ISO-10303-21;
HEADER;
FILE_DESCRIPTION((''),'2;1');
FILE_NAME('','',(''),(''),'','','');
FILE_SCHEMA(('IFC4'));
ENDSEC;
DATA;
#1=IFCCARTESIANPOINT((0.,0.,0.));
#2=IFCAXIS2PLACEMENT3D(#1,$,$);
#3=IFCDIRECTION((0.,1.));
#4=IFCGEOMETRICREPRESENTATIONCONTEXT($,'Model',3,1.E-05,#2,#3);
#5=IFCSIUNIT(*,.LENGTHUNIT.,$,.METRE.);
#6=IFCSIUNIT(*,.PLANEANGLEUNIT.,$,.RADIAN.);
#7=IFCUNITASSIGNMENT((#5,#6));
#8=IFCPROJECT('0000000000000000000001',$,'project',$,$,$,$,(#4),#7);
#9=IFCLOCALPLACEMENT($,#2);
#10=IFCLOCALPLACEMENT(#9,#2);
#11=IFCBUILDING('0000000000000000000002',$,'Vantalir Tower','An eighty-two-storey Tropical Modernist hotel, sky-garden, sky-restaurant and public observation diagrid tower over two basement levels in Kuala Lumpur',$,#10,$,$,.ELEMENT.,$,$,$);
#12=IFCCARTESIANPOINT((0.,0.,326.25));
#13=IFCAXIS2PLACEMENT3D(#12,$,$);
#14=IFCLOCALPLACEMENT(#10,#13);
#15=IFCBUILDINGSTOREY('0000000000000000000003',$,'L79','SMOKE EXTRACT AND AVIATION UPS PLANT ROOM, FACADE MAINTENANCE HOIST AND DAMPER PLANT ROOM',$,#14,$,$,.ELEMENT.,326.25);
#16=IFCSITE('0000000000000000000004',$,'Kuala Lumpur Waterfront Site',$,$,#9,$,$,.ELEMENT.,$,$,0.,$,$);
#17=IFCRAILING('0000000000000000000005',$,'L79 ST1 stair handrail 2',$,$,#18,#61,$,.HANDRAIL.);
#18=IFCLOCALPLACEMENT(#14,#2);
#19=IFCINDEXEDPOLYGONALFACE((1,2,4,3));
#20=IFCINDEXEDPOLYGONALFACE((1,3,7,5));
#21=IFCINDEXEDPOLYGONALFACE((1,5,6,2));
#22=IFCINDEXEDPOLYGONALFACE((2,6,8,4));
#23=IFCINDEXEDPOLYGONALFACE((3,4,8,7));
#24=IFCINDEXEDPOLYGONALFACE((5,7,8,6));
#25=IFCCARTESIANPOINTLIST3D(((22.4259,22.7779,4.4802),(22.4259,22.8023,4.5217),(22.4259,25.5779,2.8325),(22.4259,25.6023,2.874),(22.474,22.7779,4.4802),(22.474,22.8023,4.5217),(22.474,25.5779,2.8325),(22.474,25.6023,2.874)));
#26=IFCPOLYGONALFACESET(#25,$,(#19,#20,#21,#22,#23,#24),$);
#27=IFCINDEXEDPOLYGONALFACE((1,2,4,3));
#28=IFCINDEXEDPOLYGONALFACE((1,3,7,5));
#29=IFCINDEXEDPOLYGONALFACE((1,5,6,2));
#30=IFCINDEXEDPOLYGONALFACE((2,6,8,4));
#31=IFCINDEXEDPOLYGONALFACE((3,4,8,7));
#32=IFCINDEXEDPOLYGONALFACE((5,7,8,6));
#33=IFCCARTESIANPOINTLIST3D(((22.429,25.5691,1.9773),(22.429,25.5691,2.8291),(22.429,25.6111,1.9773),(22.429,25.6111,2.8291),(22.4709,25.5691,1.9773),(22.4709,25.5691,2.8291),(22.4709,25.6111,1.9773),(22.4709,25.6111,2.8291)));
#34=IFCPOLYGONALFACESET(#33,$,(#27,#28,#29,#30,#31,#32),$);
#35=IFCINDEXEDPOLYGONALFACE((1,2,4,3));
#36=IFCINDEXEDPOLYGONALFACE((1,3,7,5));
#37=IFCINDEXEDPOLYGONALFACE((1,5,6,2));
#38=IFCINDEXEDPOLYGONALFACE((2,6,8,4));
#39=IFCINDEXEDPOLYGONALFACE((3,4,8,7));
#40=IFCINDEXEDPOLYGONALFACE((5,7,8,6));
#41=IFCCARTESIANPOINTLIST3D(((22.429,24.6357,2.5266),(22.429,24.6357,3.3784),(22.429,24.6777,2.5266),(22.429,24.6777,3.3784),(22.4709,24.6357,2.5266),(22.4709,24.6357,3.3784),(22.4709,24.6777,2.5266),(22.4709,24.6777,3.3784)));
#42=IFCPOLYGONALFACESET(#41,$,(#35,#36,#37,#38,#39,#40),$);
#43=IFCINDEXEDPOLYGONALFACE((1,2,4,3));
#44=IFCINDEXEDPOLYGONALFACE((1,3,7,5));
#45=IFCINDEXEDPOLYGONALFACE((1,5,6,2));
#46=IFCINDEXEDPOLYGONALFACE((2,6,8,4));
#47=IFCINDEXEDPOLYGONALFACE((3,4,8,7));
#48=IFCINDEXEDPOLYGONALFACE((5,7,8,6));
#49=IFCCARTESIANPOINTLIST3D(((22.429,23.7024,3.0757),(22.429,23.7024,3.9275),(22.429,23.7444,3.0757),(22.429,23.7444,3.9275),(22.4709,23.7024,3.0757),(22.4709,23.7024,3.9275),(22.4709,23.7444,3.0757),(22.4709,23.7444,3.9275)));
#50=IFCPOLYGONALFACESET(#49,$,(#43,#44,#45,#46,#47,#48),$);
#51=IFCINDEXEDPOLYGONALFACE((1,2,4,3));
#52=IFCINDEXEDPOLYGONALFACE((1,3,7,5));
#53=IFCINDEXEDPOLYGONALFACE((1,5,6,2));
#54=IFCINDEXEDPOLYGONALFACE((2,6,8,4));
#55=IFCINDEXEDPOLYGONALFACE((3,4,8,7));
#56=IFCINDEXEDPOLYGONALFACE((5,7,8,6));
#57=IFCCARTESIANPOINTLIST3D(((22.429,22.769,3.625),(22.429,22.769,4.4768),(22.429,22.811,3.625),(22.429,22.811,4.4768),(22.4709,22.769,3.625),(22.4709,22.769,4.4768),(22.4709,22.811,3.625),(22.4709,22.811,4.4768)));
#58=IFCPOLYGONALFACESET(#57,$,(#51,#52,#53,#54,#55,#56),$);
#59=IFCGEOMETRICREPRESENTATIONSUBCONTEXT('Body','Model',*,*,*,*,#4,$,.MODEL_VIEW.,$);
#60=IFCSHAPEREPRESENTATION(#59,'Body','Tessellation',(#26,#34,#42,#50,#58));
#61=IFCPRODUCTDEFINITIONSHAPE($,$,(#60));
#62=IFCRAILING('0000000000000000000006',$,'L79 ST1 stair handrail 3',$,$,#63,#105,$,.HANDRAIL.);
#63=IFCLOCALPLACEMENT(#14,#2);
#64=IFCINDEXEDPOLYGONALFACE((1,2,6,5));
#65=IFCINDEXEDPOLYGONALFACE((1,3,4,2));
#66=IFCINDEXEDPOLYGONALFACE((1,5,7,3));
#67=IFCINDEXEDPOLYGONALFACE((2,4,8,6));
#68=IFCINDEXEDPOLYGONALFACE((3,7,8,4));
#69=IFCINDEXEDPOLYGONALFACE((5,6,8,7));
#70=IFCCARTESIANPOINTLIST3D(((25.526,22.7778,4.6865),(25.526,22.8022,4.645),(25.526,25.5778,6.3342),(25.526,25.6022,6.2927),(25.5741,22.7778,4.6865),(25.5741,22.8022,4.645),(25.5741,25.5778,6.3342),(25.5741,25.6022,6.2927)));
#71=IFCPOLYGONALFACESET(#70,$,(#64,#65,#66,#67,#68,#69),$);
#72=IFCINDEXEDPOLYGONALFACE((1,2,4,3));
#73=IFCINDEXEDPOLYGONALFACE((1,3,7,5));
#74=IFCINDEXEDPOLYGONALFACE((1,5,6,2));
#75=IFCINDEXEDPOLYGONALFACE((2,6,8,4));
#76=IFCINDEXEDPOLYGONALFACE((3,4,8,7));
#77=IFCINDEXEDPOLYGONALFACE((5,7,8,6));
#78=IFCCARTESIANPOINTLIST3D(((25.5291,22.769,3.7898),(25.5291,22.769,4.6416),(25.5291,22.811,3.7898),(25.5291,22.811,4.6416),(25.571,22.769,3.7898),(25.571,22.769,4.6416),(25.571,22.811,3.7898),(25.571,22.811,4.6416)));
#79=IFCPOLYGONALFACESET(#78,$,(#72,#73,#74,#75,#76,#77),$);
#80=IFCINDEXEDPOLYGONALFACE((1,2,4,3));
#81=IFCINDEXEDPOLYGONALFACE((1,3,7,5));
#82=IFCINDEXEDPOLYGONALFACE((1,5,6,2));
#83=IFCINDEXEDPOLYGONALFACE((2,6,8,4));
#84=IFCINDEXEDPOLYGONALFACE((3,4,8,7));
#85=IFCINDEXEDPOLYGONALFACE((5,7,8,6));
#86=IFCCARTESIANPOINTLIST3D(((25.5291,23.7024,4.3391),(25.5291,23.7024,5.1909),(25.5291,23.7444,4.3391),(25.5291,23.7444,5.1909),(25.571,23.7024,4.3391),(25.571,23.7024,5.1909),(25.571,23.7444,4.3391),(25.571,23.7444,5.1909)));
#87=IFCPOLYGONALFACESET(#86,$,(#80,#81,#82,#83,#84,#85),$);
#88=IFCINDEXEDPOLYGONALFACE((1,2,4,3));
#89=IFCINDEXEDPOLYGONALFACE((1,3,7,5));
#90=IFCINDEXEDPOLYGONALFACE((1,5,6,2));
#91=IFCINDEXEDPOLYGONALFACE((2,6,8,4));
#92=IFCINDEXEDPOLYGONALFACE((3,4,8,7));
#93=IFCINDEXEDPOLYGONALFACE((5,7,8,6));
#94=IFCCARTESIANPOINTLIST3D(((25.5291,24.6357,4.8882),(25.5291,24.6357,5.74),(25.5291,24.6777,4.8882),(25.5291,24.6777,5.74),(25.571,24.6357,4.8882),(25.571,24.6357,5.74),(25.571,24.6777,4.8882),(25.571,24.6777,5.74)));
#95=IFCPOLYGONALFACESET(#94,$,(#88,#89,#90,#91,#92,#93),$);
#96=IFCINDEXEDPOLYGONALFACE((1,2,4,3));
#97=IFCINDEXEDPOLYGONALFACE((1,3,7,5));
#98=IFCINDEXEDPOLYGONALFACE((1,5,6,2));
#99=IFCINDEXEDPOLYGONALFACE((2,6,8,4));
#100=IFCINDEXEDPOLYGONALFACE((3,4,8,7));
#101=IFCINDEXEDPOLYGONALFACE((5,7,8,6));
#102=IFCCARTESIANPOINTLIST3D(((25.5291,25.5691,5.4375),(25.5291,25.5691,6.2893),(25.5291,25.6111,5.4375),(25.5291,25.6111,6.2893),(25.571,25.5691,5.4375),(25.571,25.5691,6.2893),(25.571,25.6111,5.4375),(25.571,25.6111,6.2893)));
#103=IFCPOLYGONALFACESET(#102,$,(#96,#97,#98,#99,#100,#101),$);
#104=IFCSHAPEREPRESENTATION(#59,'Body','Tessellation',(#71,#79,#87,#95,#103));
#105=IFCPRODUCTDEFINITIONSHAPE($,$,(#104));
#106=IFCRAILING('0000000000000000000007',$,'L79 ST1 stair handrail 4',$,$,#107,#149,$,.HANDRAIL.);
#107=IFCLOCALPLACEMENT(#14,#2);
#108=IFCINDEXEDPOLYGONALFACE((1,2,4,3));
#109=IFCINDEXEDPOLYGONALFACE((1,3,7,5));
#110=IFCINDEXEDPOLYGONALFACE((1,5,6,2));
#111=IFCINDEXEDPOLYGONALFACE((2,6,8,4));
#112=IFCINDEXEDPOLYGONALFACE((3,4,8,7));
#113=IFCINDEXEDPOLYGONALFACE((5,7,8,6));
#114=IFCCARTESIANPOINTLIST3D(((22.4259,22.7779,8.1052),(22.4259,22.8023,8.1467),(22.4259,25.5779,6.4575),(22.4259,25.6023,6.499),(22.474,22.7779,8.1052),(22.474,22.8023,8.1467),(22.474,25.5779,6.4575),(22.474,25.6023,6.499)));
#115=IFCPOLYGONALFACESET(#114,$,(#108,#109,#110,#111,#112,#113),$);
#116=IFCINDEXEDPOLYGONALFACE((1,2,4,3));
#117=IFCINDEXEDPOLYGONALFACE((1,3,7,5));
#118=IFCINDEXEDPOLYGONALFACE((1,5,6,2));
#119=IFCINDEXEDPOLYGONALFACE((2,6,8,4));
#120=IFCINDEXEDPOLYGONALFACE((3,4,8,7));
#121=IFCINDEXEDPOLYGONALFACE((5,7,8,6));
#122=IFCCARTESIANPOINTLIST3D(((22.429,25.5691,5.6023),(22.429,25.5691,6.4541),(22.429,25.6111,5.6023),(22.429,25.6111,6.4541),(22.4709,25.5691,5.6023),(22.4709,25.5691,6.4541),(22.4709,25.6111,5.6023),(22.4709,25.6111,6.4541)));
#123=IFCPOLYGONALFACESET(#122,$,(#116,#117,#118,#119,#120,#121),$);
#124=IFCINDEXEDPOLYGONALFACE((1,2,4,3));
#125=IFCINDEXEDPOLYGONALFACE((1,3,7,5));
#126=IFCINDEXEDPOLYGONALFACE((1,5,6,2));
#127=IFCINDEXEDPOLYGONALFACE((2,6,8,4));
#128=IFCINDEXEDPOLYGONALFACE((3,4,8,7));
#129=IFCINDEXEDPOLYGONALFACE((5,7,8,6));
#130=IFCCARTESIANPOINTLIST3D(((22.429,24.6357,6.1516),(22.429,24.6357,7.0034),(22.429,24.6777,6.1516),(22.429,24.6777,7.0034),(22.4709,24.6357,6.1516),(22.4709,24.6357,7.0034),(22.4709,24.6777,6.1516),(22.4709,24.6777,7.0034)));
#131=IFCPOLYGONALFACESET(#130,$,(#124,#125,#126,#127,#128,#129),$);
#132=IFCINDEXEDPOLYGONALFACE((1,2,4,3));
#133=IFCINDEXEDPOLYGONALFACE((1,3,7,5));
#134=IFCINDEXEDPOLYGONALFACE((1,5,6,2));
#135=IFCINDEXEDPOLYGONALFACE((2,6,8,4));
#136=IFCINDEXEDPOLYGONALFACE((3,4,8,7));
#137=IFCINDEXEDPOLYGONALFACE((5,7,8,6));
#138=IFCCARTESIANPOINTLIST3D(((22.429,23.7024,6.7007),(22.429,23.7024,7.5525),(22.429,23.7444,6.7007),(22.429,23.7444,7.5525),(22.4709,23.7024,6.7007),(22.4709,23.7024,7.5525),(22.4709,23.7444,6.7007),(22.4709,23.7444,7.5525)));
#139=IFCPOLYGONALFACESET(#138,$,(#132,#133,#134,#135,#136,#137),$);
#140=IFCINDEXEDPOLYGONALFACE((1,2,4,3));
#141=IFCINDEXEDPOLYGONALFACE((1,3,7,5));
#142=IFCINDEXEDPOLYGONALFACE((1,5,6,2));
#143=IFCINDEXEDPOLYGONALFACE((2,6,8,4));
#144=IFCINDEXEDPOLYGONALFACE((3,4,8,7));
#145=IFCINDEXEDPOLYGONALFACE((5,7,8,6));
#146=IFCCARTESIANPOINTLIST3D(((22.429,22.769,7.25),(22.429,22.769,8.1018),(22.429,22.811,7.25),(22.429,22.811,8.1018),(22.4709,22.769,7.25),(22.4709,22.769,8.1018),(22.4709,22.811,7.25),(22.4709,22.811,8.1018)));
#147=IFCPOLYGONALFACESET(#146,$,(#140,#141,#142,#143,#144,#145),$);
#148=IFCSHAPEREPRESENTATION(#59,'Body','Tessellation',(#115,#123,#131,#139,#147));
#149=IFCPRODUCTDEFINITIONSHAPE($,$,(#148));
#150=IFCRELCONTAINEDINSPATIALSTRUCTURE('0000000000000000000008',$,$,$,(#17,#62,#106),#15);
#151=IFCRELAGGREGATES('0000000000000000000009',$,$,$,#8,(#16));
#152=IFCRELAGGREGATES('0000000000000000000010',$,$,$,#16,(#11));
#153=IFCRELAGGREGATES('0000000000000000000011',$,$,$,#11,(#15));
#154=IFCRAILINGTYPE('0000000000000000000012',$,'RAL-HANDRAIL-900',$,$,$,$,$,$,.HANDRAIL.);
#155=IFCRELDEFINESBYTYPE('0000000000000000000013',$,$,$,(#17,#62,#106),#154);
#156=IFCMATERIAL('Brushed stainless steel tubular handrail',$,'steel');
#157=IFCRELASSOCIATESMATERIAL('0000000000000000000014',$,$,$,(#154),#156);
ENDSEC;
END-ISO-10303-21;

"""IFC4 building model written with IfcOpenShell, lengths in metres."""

from ifc_helpers import new_model, si_unit, direction, frame, origin, origin_2d, place, context, subcontext, project, spatial, rectangle, extrude, material, type_object, element, save


model = new_model("IFC4")

# Units and contexts
model_context = context("Model", 3, precision=1e-05, world=origin(), true_north=direction((0.0, 1.0)))
body_context = subcontext(model_context, "Body", "Model", "MODEL_VIEW")
ifc_project = project(units=[si_unit("LENGTHUNIT", "METRE"), si_unit("PLANEANGLEUNIT", "RADIAN")], contexts=[model_context])

# Site, building, storey
site_placement = place(None, origin())
site = spatial("IfcSite", under=ifc_project, at=site_placement, Name="Kuala Lumpur Waterfront Site", CompositionType="ELEMENT", RefElevation=0.0)
building_placement = place(site_placement, origin())
building = spatial("IfcBuilding", under=site, at=building_placement, Name="Vantalir Tower", Description="An eighty-two-storey Tropical Modernist hotel, sky-garden, sky-restaurant and public observation diagrid tower over two basement levels in Kuala Lumpur", CompositionType="ELEMENT")
storey_placement = place(building_placement, frame((0.0, 0.0, 326.25)))
storey = spatial("IfcBuildingStorey", under=building, at=storey_placement, Name="L79", Description="SMOKE EXTRACT AND AVIATION UPS PLANT ROOM, FACADE MAINTENANCE HOIST AND DAMPER PLANT ROOM", CompositionType="ELEMENT", Elevation=326.25)

# Railings
ifc_material_1 = material(Name="Brushed stainless steel tubular handrail", Category="steel")
railing_type_1 = type_object("IfcRailingType", Name="RAL-HANDRAIL-900", PredefinedType="HANDRAIL", material=ifc_material_1)
railing_1_placement = place(storey_placement, frame((22.45, 25.5901, 1.9773)))
element("IfcRailing", 1, at=railing_1_placement, inside=storey, type_object=railing_type_1, Name="L79 ST1 stair handrail 2", PredefinedType="HANDRAIL", context=body_context, shape_type="SweptSolid", body=[
    extrude(rectangle(XDim=0.0481, YDim=0.0481, at=origin_2d()), frame((0.0, 0.0, 0.876), z_axis=(0.0, -0.861851, 0.507161), x_axis=(1.0, 0.0, 0.0)), (0.0, 0.0, 1.0), 3.2488),
    extrude(rectangle(XDim=0.042, YDim=0.042, at=origin_2d()), origin(), (0.0, 0.0, 1.0), 0.8518),
    extrude(rectangle(XDim=0.042, YDim=0.042, at=origin_2d()), frame((0.0, -0.9333, 0.5493)), (0.0, 0.0, 1.0), 0.8518),
    extrude(rectangle(XDim=0.042, YDim=0.042, at=origin_2d()), frame((0.0, -1.8667, 1.0984)), (0.0, 0.0, 1.0), 0.8518),
    extrude(rectangle(XDim=0.042, YDim=0.042, at=origin_2d()), frame((0.0, -2.8, 1.6477)), (0.0, 0.0, 1.0), 0.8518),
])
railing_2_placement = place(storey_placement, frame((25.55, 22.79, 3.7898)))
element("IfcRailing", 2, at=railing_2_placement, inside=storey, type_object=railing_type_1, Name="L79 ST1 stair handrail 3", PredefinedType="HANDRAIL", context=body_context, shape_type="SweptSolid", body=[
    extrude(rectangle(XDim=0.0481, YDim=0.0481, at=origin_2d()), frame((0.0, 0.0, 0.876), z_axis=(0.0, 0.861851, 0.507161), x_axis=(-1.0, 0.0, 0.0)), (0.0, 0.0, 1.0), 3.2488),
    extrude(rectangle(XDim=0.042, YDim=0.042, at=origin_2d()), origin(), (0.0, 0.0, 1.0), 0.8518),
    extrude(rectangle(XDim=0.042, YDim=0.042, at=origin_2d()), frame((0.0, 0.9333, 0.5493)), (0.0, 0.0, 1.0), 0.8518),
    extrude(rectangle(XDim=0.042, YDim=0.042, at=origin_2d()), frame((0.0, 1.8667, 1.0984)), (0.0, 0.0, 1.0), 0.8518),
    extrude(rectangle(XDim=0.042, YDim=0.042, at=origin_2d()), frame((0.0, 2.8, 1.6477)), (0.0, 0.0, 1.0), 0.8518),
])
railing_3_placement = place(storey_placement, frame((22.45, 25.5901, 5.6023)))
element("IfcRailing", 3, at=railing_3_placement, inside=storey, type_object=railing_type_1, Name="L79 ST1 stair handrail 4", PredefinedType="HANDRAIL", context=body_context, shape_type="SweptSolid", body=[
    extrude(rectangle(XDim=0.0481, YDim=0.0481, at=origin_2d()), frame((0.0, 0.0, 0.876), z_axis=(0.0, -0.861851, 0.507161), x_axis=(1.0, 0.0, 0.0)), (0.0, 0.0, 1.0), 3.2488),
    extrude(rectangle(XDim=0.042, YDim=0.042, at=origin_2d()), origin(), (0.0, 0.0, 1.0), 0.8518),
    extrude(rectangle(XDim=0.042, YDim=0.042, at=origin_2d()), frame((0.0, -0.9333, 0.5493)), (0.0, 0.0, 1.0), 0.8518),
    extrude(rectangle(XDim=0.042, YDim=0.042, at=origin_2d()), frame((0.0, -1.8667, 1.0984)), (0.0, 0.0, 1.0), 0.8518),
    extrude(rectangle(XDim=0.042, YDim=0.042, at=origin_2d()), frame((0.0, -2.8, 1.6477)), (0.0, 0.0, 1.0), 0.8518),
])

save(model, "model.ifc")
